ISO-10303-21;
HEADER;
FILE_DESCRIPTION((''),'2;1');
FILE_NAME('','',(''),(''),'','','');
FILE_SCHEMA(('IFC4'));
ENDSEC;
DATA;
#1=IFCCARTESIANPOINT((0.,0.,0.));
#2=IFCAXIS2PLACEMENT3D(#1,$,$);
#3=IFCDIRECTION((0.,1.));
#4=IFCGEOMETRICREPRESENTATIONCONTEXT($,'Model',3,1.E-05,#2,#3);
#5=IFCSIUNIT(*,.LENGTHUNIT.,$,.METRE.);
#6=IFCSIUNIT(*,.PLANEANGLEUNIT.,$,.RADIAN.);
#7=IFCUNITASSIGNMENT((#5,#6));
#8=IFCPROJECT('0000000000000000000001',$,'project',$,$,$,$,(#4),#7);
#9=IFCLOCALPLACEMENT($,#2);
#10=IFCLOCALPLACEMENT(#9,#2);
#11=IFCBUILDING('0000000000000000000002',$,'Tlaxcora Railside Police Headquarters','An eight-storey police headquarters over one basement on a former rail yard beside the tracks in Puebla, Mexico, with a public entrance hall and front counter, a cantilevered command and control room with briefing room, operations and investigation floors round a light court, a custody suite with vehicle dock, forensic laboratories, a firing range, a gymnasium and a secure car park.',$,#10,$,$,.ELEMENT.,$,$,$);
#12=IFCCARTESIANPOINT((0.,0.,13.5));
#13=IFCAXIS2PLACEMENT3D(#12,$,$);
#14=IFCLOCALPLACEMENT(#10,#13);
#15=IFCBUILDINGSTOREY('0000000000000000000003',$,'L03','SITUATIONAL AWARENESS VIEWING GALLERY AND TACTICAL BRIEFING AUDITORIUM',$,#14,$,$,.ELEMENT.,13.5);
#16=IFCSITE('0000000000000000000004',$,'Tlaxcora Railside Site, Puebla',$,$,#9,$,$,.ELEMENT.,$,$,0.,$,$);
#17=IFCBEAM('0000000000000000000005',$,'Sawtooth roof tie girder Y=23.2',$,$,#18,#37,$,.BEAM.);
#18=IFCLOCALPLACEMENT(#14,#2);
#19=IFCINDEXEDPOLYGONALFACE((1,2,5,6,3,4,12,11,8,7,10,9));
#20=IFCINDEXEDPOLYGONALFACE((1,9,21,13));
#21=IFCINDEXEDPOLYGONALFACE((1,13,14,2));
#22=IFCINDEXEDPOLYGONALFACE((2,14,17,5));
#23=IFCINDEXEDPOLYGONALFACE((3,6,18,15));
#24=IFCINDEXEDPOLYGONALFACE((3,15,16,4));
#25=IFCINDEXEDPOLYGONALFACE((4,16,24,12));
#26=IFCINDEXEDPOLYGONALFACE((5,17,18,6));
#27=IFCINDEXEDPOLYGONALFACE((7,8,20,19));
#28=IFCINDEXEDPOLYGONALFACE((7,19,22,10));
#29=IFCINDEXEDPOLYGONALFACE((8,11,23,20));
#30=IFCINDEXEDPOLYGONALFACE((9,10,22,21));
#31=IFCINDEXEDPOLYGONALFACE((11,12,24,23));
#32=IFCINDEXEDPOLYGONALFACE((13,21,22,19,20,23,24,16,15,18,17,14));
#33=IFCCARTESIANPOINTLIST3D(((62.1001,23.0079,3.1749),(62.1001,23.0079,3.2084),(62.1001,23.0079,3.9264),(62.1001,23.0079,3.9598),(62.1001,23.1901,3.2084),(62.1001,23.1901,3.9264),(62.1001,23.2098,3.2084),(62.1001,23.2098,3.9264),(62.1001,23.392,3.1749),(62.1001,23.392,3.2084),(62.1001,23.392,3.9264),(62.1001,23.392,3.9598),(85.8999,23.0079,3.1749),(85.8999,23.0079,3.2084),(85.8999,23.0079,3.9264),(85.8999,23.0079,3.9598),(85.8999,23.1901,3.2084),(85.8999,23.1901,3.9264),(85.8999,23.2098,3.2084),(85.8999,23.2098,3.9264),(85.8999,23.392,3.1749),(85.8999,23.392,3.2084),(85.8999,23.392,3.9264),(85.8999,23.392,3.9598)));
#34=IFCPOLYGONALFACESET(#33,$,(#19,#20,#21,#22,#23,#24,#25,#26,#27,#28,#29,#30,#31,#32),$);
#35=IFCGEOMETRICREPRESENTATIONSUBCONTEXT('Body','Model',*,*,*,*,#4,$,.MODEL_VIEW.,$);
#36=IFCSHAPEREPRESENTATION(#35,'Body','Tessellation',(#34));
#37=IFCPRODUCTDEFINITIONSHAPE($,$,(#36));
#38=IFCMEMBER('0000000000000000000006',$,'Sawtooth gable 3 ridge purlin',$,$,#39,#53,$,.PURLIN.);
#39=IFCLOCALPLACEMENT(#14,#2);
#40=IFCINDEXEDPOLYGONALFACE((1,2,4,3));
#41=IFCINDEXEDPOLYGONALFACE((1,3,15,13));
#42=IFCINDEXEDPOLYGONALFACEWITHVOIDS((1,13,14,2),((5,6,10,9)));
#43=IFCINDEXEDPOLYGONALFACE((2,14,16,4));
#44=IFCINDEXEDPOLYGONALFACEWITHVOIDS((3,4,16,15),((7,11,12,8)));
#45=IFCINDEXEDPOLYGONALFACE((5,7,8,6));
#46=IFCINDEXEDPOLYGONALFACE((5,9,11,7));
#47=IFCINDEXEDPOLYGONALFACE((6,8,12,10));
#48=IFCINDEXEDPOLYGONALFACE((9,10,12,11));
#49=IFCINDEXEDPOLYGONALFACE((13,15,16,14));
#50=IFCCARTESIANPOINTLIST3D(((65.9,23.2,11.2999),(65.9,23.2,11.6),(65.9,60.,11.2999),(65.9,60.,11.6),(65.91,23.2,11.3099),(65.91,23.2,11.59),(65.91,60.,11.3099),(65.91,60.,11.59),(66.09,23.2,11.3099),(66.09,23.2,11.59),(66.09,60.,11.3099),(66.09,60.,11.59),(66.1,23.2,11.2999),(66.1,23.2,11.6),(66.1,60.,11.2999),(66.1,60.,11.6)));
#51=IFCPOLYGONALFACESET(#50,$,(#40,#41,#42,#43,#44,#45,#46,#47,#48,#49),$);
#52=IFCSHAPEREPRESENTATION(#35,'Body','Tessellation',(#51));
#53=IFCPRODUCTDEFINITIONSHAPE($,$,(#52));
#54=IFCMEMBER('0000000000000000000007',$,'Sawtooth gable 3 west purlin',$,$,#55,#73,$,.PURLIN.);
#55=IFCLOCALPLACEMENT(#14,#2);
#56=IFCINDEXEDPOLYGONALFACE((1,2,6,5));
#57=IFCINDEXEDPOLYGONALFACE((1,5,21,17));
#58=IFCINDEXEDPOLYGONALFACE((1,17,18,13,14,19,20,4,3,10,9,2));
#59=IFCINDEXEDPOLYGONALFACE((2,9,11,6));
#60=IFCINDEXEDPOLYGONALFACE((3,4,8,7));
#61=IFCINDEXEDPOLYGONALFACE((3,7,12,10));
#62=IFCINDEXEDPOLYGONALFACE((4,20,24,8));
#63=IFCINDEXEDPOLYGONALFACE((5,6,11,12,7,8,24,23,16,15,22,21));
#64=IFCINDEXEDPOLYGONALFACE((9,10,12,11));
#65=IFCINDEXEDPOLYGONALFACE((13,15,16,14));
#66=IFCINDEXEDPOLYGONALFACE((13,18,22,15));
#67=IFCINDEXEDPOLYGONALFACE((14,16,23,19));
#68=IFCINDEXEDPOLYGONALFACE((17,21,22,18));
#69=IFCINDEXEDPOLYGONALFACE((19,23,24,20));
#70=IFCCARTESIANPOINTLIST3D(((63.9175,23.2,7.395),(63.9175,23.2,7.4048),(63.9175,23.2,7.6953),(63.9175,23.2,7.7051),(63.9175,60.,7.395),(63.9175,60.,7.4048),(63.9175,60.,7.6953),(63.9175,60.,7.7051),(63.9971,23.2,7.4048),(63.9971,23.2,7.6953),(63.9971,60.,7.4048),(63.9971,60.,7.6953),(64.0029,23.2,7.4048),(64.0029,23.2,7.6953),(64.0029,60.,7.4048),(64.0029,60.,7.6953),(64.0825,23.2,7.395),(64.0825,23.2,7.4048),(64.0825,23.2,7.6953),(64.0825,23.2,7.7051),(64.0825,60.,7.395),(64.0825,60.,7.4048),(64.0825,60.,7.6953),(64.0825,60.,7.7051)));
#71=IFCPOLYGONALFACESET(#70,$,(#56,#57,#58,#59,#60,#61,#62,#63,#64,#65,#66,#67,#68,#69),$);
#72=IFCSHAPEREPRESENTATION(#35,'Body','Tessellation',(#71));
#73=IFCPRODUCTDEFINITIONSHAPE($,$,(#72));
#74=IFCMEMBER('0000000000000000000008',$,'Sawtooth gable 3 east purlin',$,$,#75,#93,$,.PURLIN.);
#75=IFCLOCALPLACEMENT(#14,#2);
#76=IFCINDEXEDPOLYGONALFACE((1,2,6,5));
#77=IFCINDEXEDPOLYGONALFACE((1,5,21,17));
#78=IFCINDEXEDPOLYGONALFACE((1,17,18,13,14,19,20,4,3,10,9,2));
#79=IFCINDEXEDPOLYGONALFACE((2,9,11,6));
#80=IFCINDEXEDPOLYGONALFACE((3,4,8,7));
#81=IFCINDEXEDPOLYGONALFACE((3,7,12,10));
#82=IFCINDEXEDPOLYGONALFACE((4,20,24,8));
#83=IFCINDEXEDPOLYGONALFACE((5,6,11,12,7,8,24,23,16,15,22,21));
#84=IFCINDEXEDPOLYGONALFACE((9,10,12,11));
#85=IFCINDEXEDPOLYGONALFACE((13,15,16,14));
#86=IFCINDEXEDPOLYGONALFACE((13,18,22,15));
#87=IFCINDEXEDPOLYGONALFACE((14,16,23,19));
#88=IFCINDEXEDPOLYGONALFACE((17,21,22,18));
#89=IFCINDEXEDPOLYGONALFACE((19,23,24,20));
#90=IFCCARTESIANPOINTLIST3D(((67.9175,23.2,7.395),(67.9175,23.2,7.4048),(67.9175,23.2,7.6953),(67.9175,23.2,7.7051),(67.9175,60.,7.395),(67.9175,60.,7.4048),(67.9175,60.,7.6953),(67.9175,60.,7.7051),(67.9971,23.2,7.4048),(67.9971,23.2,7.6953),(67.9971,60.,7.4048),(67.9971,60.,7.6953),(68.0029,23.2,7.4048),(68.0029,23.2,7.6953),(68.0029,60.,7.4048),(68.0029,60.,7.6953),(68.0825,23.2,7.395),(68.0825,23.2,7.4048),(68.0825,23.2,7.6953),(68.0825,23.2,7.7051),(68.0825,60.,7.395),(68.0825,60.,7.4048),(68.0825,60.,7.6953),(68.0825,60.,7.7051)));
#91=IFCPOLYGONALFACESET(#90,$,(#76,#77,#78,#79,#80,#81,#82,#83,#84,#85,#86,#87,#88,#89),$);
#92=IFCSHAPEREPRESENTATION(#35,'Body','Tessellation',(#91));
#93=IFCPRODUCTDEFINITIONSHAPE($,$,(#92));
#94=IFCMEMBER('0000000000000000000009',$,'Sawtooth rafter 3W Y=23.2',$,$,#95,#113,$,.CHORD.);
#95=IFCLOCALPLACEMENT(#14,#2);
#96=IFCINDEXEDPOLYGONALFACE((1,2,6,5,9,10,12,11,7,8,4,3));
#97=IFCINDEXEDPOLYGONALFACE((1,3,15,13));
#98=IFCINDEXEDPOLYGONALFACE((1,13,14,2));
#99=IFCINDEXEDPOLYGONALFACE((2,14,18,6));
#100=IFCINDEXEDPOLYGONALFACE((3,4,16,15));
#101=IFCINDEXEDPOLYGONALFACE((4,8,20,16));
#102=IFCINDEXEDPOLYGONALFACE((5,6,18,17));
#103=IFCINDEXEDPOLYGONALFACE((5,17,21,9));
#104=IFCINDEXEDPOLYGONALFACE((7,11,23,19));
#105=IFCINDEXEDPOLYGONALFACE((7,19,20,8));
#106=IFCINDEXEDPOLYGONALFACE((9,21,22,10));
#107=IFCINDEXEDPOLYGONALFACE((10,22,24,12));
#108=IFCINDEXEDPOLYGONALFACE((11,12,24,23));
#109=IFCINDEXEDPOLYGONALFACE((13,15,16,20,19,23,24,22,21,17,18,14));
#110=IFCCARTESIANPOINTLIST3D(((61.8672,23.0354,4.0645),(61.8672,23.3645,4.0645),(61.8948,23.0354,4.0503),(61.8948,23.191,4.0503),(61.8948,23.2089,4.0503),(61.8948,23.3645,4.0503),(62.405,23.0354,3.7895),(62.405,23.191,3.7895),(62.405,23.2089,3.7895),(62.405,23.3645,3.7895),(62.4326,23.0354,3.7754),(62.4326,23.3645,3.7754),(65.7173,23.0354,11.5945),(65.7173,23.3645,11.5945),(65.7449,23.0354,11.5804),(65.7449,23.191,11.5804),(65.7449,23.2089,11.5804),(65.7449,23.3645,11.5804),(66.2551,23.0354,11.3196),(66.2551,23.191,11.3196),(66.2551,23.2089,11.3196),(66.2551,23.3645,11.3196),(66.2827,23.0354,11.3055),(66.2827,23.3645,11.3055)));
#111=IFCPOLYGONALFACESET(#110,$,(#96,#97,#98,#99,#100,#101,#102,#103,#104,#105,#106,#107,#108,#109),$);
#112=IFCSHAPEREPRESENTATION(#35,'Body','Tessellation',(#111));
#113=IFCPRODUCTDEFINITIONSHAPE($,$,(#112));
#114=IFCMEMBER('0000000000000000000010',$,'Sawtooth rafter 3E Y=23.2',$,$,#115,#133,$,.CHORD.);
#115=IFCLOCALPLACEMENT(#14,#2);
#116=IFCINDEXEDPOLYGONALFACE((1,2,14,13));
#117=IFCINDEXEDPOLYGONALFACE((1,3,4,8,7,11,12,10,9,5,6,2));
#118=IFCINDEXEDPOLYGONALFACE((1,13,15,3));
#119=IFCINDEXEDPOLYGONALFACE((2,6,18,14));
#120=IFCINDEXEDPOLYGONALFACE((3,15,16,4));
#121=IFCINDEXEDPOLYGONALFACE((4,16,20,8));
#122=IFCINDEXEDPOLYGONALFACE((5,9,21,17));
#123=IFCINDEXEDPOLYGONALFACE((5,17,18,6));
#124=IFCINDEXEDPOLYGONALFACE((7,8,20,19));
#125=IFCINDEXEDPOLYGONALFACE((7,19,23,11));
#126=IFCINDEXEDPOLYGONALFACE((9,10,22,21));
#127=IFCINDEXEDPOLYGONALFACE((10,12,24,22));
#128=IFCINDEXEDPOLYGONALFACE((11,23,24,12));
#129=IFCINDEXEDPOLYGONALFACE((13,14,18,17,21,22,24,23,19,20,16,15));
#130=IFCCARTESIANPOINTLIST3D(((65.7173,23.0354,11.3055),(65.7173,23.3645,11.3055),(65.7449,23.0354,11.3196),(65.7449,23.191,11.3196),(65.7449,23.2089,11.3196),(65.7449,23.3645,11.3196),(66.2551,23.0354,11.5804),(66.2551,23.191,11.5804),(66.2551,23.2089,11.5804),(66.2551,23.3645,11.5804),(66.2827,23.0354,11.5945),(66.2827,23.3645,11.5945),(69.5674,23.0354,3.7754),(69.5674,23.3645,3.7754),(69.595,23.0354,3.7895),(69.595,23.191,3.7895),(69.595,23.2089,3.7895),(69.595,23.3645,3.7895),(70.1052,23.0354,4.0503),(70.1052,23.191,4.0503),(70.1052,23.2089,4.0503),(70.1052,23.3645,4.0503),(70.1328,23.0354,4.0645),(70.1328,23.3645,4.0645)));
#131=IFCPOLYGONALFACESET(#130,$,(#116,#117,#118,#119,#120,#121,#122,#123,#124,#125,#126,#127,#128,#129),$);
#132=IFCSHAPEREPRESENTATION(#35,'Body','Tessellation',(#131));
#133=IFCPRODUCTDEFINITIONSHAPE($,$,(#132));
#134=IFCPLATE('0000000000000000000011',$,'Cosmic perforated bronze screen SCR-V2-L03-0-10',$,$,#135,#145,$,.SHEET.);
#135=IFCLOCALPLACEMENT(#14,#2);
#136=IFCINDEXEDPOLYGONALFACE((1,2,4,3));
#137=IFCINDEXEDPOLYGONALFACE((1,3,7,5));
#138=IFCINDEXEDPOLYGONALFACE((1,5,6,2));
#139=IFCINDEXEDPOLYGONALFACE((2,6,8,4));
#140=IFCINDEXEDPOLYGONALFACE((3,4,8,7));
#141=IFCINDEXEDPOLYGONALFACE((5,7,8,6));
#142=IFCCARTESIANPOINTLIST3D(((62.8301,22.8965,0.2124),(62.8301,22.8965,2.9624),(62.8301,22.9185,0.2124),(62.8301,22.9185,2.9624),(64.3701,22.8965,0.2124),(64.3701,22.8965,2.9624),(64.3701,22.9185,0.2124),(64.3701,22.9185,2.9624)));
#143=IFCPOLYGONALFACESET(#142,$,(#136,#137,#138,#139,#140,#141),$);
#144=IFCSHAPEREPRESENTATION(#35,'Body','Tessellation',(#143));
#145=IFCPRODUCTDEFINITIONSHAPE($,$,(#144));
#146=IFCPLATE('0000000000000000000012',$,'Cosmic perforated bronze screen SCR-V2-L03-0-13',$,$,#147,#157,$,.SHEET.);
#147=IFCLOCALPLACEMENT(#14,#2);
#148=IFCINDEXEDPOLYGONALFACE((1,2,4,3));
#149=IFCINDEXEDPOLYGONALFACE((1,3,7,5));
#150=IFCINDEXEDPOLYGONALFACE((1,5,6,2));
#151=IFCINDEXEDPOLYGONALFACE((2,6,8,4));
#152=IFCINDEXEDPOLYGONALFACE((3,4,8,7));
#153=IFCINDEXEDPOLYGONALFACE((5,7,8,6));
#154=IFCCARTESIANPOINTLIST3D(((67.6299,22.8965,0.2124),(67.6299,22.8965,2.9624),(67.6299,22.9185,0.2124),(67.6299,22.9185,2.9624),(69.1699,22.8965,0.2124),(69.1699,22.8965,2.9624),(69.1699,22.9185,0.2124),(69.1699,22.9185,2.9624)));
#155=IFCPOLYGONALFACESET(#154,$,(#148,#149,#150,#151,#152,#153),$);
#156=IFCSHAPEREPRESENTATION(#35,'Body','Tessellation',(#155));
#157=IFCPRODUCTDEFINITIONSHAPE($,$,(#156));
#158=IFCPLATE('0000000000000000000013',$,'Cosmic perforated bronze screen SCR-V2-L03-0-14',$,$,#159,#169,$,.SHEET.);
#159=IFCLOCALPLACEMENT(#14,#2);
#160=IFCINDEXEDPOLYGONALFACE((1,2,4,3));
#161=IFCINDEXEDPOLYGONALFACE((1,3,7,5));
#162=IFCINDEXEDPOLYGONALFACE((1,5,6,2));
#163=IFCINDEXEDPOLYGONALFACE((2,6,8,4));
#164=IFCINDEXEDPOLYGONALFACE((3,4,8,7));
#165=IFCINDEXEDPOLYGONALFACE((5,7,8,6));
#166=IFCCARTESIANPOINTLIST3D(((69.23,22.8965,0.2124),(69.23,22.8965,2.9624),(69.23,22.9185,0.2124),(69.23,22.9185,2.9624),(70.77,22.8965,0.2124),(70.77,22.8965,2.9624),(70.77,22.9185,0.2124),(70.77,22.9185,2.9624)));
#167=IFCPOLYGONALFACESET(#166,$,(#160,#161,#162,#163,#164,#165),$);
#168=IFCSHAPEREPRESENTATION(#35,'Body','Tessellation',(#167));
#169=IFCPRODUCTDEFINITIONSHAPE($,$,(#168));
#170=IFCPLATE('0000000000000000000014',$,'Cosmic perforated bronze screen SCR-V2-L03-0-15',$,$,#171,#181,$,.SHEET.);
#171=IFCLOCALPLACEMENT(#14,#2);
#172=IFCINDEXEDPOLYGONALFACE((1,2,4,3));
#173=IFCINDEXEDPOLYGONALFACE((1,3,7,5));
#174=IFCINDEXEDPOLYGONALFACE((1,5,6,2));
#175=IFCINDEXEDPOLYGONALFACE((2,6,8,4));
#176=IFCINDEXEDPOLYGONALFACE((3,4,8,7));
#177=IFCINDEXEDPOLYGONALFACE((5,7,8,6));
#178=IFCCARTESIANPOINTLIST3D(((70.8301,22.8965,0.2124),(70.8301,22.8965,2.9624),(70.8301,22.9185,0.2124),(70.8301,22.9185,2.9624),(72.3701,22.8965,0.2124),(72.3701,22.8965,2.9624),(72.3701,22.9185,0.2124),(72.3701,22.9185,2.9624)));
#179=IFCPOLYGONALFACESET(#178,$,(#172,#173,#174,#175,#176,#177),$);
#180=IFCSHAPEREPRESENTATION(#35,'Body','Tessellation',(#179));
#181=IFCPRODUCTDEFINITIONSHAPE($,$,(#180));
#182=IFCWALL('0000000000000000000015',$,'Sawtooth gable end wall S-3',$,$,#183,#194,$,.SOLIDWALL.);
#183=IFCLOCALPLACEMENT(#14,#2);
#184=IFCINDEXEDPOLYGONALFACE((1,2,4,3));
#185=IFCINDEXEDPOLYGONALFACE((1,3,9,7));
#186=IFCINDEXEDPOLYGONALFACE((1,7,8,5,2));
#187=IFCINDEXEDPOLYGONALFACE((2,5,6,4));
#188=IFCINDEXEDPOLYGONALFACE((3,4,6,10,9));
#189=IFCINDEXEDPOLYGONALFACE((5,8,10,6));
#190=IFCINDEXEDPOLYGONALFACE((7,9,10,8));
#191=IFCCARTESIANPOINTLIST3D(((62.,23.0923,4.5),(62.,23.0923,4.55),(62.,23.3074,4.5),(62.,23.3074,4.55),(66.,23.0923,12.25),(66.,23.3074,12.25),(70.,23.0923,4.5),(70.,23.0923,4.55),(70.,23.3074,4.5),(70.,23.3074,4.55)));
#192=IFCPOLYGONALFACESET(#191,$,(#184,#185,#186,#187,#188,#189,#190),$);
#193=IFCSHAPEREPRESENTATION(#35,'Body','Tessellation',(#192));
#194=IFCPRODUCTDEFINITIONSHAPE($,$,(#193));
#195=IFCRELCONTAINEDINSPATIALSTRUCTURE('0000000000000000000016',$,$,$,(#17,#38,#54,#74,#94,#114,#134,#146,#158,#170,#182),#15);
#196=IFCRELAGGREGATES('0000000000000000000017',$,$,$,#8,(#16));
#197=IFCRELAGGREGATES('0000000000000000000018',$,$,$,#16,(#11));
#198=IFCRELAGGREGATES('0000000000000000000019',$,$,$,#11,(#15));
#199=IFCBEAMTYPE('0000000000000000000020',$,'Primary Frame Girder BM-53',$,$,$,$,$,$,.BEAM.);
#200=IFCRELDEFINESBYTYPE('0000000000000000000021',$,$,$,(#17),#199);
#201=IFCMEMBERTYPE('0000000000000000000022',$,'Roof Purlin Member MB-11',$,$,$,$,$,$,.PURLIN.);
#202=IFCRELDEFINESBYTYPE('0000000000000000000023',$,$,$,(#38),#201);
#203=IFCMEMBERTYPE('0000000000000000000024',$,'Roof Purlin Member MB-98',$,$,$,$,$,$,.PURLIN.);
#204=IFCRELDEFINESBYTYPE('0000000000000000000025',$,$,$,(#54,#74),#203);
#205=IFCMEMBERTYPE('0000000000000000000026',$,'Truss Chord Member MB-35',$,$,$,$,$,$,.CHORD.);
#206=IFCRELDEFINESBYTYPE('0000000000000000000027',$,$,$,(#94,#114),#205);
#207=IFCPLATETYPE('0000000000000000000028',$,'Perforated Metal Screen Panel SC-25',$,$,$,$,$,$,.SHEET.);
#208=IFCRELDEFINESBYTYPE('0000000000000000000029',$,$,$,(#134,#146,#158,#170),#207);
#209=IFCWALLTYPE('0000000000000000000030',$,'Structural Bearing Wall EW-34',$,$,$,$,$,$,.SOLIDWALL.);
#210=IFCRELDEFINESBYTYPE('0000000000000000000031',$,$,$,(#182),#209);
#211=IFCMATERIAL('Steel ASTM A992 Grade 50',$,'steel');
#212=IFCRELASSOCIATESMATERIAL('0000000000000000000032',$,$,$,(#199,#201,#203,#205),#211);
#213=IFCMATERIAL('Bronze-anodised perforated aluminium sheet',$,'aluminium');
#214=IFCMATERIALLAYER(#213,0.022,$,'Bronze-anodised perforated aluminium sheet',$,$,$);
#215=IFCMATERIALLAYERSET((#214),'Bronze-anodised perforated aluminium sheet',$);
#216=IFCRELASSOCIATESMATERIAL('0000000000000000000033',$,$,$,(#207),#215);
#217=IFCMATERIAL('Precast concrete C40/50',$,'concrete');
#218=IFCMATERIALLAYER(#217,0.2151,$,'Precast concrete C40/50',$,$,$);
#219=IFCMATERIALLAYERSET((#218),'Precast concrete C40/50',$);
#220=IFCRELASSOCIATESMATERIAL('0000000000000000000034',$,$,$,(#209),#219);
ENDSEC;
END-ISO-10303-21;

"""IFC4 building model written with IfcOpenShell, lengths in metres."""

from ifc_helpers import new_model, si_unit, direction, frame, origin, origin_2d, place, context, subcontext, project, spatial, polyline, rectangle, hollow_rectangle, i_section, outline, extrude, material, layer, layer_set, material_profile, profile_set, type_object, element, save


model = new_model("IFC4")

# Units and contexts
model_context = context("Model", 3, precision=1e-05, world=origin(), true_north=direction((0.0, 1.0)))
body_context = subcontext(model_context, "Body", "Model", "MODEL_VIEW")
ifc_project = project(units=[si_unit("LENGTHUNIT", "METRE"), si_unit("PLANEANGLEUNIT", "RADIAN")], contexts=[model_context])

# Site, building, storey
site_placement = place(None, origin())
site = spatial("IfcSite", under=ifc_project, at=site_placement, Name="Tlaxcora Railside Site, Puebla", CompositionType="ELEMENT", RefElevation=0.0)
building_placement = place(site_placement, origin())
building = spatial("IfcBuilding", under=site, at=building_placement, Name="Tlaxcora Railside Police Headquarters", Description="An eight-storey police headquarters over one basement on a former rail yard beside the tracks in Puebla, Mexico, with a public entrance hall and front counter, a cantilevered command and control room with briefing room, operations and investigation floors round a light court, a custody suite with vehicle dock, forensic laboratories, a firing range, a gymnasium and a secure car park.", CompositionType="ELEMENT")
storey_placement = place(building_placement, frame((0.0, 0.0, 13.5)))
storey = spatial("IfcBuildingStorey", under=building, at=storey_placement, Name="L03", Description="SITUATIONAL AWARENESS VIEWING GALLERY AND TACTICAL BRIEFING AUDITORIUM", CompositionType="ELEMENT", Elevation=13.5)

# Beam
ifc_material_1 = material(Name="Steel ASTM A992 Grade 50", Category="steel")
ifc_material_profile_1 = material_profile(ifc_material_1, i_section(OverallWidth=0.384, OverallDepth=0.7849, WebThickness=0.0198, FlangeThickness=0.0334, at=origin_2d()), Name="W30X211")
ifc_profile_set_1 = profile_set([ifc_material_profile_1], Name="Steel ASTM A992 Grade 50")
beam_type = type_object("IfcBeamType", Name="Primary Frame Girder BM-53", PredefinedType="BEAM", material=ifc_profile_set_1)
beam_placement = place(storey_placement, frame((62.1001, 23.2, 3.5674), z_axis=(1.0, 0.0, 0.0), x_axis=(0.0, 1.0, 0.0)))
element("IfcBeam", 1, at=beam_placement, inside=storey, type_object=beam_type, Name="Sawtooth roof tie girder Y=23.2", PredefinedType="BEAM", context=body_context, shape_type="SweptSolid", body=[
    extrude(i_section(OverallWidth=0.384, OverallDepth=0.7849, WebThickness=0.0198, FlangeThickness=0.0334, at=origin_2d()), origin(), (0.0, 0.0, 1.0), 23.7998),
])

# Members
ifc_material_profile_2 = material_profile(ifc_material_1, hollow_rectangle(XDim=0.2, YDim=0.3, WallThickness=0.01, at=origin_2d()), Name="HSS300X200X10")
ifc_profile_set_2 = profile_set([ifc_material_profile_2], Name="Steel ASTM A992 Grade 50")
member_type_1 = type_object("IfcMemberType", Name="Roof Purlin Member MB-11", PredefinedType="PURLIN", material=ifc_profile_set_2)
member_placement = place(storey_placement, frame((66.0, 23.2, 11.45), z_axis=(0.0, 1.0, 0.0), x_axis=(-1.0, 0.0, 0.0)))
element("IfcMember", 2, at=member_placement, inside=storey, type_object=member_type_1, Name="Sawtooth gable 3 ridge purlin", PredefinedType="PURLIN", context=body_context, shape_type="SweptSolid", body=[
    extrude(hollow_rectangle(XDim=0.2, YDim=0.3, WallThickness=0.01, at=origin_2d()), origin(), (0.0, 0.0, 1.0), 36.8),
])
ifc_material_profile_3 = material_profile(ifc_material_1, i_section(OverallWidth=0.165, OverallDepth=0.3101, WebThickness=0.0059, FlangeThickness=0.0098, at=origin_2d()), Name="W12X26")
ifc_profile_set_3 = profile_set([ifc_material_profile_3], Name="Steel ASTM A992 Grade 50")
member_type_2 = type_object("IfcMemberType", Name="Roof Purlin Member MB-98", PredefinedType="PURLIN", material=ifc_profile_set_3)
for number, where, z_axis, x_axis, name in (
    (3, (64.0, 23.2, 7.55), (0.0, 1.0, 0.0), (-1.0, 0.0, 0.0), "Sawtooth gable 3 west purlin"),
    (4, (68.0, 23.2, 7.55), (0.0, 1.0, 0.0), (-1.0, 0.0, 0.0), "Sawtooth gable 3 east purlin"),
):
    element("IfcMember", number, at=place(storey_placement, frame(where, z_axis=z_axis, x_axis=x_axis)), inside=storey, type_object=member_type_2, Name=name, PredefinedType="PURLIN", context=body_context, shape_type="SweptSolid", body=[
        extrude(i_section(OverallWidth=0.165, OverallDepth=0.3101, WebThickness=0.0059, FlangeThickness=0.0098, at=origin_2d()), origin(), (0.0, 0.0, 1.0), 36.8),
    ])
ifc_material_profile_4 = material_profile(ifc_material_1, i_section(OverallWidth=0.3291, OverallDepth=0.635, WebThickness=0.0178, FlangeThickness=0.031, at=origin_2d()), Name="W24X162")
ifc_profile_set_4 = profile_set([ifc_material_profile_4], Name="Steel ASTM A992 Grade 50")
member_type_3 = type_object("IfcMemberType", Name="Truss Chord Member MB-35", PredefinedType="CHORD", material=ifc_profile_set_4)
for number, where, z_axis, x_axis, name in (
    (5, (62.1499, 23.2, 3.9199), (0.455244, 0.0, 0.890367), (0.0, 1.0, 0.0), "Sawtooth rafter 3W Y=23.2"),
    (6, (69.8501, 23.2, 3.9199), (-0.455244, 0.0, 0.890367), (0.0, -1.0, 0.0), "Sawtooth rafter 3E Y=23.2"),
):
    element("IfcMember", number, at=place(storey_placement, frame(where, z_axis=z_axis, x_axis=x_axis)), inside=storey, type_object=member_type_3, Name=name, PredefinedType="CHORD", context=body_context, shape_type="SweptSolid", body=[
        extrude(i_section(OverallWidth=0.3291, OverallDepth=0.635, WebThickness=0.0178, FlangeThickness=0.031, at=origin_2d()), origin(), (0.0, 0.0, 1.0), 8.4573),
    ])

# Plates
ifc_material_2 = material(Name="Bronze-anodised perforated aluminium sheet", Category="aluminium")
ifc_layer_1 = layer(ifc_material_2, 0.022, Name="Bronze-anodised perforated aluminium sheet")
ifc_layer_set_1 = layer_set([ifc_layer_1], Name="Bronze-anodised perforated aluminium sheet")
plate_type = type_object("IfcPlateType", Name="Perforated Metal Screen Panel SC-25", PredefinedType="SHEET", material=ifc_layer_set_1)
for number, where, z_axis, x_axis, name in (
    (7, (63.6001, 22.9075, 0.2124), (0.0, 0.0, 1.0), (1.0, 0.0, 0.0), "Cosmic perforated bronze screen SCR-V2-L03-0-10"),
    (8, (68.3999, 22.9075, 0.2124), (0.0, 0.0, 1.0), (1.0, 0.0, 0.0), "Cosmic perforated bronze screen SCR-V2-L03-0-13"),
    (9, (70.0, 22.9075, 0.2124), (0.0, 0.0, 1.0), (1.0, 0.0, 0.0), "Cosmic perforated bronze screen SCR-V2-L03-0-14"),
    (10, (71.6001, 22.9075, 0.2124), (0.0, 0.0, 1.0), (1.0, 0.0, 0.0), "Cosmic perforated bronze screen SCR-V2-L03-0-15"),
):
    element("IfcPlate", number, at=place(storey_placement, frame(where, z_axis=z_axis, x_axis=x_axis)), inside=storey, type_object=plate_type, Name=name, PredefinedType="SHEET", context=body_context, shape_type="SweptSolid", body=[
        extrude(rectangle(XDim=1.54, YDim=0.022, at=origin_2d()), origin(), (0.0, 0.0, 1.0), 2.75),
    ])

# Wall
ifc_material_3 = material(Name="Precast concrete C40/50", Category="concrete")
ifc_layer_2 = layer(ifc_material_3, 0.2151, Name="Precast concrete C40/50")
ifc_layer_set_2 = layer_set([ifc_layer_2], Name="Precast concrete C40/50")
wall_type = type_object("IfcWallType", Name="Structural Bearing Wall EW-34", PredefinedType="SOLIDWALL", material=ifc_layer_set_2)
for number, where, z_axis, x_axis, name in (
    (11, (62.0, 23.2, 4.5), (0.0, 0.0, 1.0), (1.0, 0.0, 0.0), "Sawtooth gable end wall S-3"),
):
    element("IfcWall", number, at=place(storey_placement, frame(where, z_axis=z_axis, x_axis=x_axis)), inside=storey, type_object=wall_type, Name=name, PredefinedType="SOLIDWALL", context=body_context, shape_type="SweptSolid", body=[
        extrude(outline(polyline([(0.0, 0.0), (8.0, 0.0), (8.0, 0.05), (4.0, 7.75), (0.0, 0.05), (0.0, 0.0)])), frame((0.0, 0.1074, 0.0), z_axis=(0.0, -1.0, 0.0), x_axis=(1.0, 0.0, 0.0)), (0.0, 0.0, 1.0), 0.2151),
    ])

save(model, "model.ifc")
